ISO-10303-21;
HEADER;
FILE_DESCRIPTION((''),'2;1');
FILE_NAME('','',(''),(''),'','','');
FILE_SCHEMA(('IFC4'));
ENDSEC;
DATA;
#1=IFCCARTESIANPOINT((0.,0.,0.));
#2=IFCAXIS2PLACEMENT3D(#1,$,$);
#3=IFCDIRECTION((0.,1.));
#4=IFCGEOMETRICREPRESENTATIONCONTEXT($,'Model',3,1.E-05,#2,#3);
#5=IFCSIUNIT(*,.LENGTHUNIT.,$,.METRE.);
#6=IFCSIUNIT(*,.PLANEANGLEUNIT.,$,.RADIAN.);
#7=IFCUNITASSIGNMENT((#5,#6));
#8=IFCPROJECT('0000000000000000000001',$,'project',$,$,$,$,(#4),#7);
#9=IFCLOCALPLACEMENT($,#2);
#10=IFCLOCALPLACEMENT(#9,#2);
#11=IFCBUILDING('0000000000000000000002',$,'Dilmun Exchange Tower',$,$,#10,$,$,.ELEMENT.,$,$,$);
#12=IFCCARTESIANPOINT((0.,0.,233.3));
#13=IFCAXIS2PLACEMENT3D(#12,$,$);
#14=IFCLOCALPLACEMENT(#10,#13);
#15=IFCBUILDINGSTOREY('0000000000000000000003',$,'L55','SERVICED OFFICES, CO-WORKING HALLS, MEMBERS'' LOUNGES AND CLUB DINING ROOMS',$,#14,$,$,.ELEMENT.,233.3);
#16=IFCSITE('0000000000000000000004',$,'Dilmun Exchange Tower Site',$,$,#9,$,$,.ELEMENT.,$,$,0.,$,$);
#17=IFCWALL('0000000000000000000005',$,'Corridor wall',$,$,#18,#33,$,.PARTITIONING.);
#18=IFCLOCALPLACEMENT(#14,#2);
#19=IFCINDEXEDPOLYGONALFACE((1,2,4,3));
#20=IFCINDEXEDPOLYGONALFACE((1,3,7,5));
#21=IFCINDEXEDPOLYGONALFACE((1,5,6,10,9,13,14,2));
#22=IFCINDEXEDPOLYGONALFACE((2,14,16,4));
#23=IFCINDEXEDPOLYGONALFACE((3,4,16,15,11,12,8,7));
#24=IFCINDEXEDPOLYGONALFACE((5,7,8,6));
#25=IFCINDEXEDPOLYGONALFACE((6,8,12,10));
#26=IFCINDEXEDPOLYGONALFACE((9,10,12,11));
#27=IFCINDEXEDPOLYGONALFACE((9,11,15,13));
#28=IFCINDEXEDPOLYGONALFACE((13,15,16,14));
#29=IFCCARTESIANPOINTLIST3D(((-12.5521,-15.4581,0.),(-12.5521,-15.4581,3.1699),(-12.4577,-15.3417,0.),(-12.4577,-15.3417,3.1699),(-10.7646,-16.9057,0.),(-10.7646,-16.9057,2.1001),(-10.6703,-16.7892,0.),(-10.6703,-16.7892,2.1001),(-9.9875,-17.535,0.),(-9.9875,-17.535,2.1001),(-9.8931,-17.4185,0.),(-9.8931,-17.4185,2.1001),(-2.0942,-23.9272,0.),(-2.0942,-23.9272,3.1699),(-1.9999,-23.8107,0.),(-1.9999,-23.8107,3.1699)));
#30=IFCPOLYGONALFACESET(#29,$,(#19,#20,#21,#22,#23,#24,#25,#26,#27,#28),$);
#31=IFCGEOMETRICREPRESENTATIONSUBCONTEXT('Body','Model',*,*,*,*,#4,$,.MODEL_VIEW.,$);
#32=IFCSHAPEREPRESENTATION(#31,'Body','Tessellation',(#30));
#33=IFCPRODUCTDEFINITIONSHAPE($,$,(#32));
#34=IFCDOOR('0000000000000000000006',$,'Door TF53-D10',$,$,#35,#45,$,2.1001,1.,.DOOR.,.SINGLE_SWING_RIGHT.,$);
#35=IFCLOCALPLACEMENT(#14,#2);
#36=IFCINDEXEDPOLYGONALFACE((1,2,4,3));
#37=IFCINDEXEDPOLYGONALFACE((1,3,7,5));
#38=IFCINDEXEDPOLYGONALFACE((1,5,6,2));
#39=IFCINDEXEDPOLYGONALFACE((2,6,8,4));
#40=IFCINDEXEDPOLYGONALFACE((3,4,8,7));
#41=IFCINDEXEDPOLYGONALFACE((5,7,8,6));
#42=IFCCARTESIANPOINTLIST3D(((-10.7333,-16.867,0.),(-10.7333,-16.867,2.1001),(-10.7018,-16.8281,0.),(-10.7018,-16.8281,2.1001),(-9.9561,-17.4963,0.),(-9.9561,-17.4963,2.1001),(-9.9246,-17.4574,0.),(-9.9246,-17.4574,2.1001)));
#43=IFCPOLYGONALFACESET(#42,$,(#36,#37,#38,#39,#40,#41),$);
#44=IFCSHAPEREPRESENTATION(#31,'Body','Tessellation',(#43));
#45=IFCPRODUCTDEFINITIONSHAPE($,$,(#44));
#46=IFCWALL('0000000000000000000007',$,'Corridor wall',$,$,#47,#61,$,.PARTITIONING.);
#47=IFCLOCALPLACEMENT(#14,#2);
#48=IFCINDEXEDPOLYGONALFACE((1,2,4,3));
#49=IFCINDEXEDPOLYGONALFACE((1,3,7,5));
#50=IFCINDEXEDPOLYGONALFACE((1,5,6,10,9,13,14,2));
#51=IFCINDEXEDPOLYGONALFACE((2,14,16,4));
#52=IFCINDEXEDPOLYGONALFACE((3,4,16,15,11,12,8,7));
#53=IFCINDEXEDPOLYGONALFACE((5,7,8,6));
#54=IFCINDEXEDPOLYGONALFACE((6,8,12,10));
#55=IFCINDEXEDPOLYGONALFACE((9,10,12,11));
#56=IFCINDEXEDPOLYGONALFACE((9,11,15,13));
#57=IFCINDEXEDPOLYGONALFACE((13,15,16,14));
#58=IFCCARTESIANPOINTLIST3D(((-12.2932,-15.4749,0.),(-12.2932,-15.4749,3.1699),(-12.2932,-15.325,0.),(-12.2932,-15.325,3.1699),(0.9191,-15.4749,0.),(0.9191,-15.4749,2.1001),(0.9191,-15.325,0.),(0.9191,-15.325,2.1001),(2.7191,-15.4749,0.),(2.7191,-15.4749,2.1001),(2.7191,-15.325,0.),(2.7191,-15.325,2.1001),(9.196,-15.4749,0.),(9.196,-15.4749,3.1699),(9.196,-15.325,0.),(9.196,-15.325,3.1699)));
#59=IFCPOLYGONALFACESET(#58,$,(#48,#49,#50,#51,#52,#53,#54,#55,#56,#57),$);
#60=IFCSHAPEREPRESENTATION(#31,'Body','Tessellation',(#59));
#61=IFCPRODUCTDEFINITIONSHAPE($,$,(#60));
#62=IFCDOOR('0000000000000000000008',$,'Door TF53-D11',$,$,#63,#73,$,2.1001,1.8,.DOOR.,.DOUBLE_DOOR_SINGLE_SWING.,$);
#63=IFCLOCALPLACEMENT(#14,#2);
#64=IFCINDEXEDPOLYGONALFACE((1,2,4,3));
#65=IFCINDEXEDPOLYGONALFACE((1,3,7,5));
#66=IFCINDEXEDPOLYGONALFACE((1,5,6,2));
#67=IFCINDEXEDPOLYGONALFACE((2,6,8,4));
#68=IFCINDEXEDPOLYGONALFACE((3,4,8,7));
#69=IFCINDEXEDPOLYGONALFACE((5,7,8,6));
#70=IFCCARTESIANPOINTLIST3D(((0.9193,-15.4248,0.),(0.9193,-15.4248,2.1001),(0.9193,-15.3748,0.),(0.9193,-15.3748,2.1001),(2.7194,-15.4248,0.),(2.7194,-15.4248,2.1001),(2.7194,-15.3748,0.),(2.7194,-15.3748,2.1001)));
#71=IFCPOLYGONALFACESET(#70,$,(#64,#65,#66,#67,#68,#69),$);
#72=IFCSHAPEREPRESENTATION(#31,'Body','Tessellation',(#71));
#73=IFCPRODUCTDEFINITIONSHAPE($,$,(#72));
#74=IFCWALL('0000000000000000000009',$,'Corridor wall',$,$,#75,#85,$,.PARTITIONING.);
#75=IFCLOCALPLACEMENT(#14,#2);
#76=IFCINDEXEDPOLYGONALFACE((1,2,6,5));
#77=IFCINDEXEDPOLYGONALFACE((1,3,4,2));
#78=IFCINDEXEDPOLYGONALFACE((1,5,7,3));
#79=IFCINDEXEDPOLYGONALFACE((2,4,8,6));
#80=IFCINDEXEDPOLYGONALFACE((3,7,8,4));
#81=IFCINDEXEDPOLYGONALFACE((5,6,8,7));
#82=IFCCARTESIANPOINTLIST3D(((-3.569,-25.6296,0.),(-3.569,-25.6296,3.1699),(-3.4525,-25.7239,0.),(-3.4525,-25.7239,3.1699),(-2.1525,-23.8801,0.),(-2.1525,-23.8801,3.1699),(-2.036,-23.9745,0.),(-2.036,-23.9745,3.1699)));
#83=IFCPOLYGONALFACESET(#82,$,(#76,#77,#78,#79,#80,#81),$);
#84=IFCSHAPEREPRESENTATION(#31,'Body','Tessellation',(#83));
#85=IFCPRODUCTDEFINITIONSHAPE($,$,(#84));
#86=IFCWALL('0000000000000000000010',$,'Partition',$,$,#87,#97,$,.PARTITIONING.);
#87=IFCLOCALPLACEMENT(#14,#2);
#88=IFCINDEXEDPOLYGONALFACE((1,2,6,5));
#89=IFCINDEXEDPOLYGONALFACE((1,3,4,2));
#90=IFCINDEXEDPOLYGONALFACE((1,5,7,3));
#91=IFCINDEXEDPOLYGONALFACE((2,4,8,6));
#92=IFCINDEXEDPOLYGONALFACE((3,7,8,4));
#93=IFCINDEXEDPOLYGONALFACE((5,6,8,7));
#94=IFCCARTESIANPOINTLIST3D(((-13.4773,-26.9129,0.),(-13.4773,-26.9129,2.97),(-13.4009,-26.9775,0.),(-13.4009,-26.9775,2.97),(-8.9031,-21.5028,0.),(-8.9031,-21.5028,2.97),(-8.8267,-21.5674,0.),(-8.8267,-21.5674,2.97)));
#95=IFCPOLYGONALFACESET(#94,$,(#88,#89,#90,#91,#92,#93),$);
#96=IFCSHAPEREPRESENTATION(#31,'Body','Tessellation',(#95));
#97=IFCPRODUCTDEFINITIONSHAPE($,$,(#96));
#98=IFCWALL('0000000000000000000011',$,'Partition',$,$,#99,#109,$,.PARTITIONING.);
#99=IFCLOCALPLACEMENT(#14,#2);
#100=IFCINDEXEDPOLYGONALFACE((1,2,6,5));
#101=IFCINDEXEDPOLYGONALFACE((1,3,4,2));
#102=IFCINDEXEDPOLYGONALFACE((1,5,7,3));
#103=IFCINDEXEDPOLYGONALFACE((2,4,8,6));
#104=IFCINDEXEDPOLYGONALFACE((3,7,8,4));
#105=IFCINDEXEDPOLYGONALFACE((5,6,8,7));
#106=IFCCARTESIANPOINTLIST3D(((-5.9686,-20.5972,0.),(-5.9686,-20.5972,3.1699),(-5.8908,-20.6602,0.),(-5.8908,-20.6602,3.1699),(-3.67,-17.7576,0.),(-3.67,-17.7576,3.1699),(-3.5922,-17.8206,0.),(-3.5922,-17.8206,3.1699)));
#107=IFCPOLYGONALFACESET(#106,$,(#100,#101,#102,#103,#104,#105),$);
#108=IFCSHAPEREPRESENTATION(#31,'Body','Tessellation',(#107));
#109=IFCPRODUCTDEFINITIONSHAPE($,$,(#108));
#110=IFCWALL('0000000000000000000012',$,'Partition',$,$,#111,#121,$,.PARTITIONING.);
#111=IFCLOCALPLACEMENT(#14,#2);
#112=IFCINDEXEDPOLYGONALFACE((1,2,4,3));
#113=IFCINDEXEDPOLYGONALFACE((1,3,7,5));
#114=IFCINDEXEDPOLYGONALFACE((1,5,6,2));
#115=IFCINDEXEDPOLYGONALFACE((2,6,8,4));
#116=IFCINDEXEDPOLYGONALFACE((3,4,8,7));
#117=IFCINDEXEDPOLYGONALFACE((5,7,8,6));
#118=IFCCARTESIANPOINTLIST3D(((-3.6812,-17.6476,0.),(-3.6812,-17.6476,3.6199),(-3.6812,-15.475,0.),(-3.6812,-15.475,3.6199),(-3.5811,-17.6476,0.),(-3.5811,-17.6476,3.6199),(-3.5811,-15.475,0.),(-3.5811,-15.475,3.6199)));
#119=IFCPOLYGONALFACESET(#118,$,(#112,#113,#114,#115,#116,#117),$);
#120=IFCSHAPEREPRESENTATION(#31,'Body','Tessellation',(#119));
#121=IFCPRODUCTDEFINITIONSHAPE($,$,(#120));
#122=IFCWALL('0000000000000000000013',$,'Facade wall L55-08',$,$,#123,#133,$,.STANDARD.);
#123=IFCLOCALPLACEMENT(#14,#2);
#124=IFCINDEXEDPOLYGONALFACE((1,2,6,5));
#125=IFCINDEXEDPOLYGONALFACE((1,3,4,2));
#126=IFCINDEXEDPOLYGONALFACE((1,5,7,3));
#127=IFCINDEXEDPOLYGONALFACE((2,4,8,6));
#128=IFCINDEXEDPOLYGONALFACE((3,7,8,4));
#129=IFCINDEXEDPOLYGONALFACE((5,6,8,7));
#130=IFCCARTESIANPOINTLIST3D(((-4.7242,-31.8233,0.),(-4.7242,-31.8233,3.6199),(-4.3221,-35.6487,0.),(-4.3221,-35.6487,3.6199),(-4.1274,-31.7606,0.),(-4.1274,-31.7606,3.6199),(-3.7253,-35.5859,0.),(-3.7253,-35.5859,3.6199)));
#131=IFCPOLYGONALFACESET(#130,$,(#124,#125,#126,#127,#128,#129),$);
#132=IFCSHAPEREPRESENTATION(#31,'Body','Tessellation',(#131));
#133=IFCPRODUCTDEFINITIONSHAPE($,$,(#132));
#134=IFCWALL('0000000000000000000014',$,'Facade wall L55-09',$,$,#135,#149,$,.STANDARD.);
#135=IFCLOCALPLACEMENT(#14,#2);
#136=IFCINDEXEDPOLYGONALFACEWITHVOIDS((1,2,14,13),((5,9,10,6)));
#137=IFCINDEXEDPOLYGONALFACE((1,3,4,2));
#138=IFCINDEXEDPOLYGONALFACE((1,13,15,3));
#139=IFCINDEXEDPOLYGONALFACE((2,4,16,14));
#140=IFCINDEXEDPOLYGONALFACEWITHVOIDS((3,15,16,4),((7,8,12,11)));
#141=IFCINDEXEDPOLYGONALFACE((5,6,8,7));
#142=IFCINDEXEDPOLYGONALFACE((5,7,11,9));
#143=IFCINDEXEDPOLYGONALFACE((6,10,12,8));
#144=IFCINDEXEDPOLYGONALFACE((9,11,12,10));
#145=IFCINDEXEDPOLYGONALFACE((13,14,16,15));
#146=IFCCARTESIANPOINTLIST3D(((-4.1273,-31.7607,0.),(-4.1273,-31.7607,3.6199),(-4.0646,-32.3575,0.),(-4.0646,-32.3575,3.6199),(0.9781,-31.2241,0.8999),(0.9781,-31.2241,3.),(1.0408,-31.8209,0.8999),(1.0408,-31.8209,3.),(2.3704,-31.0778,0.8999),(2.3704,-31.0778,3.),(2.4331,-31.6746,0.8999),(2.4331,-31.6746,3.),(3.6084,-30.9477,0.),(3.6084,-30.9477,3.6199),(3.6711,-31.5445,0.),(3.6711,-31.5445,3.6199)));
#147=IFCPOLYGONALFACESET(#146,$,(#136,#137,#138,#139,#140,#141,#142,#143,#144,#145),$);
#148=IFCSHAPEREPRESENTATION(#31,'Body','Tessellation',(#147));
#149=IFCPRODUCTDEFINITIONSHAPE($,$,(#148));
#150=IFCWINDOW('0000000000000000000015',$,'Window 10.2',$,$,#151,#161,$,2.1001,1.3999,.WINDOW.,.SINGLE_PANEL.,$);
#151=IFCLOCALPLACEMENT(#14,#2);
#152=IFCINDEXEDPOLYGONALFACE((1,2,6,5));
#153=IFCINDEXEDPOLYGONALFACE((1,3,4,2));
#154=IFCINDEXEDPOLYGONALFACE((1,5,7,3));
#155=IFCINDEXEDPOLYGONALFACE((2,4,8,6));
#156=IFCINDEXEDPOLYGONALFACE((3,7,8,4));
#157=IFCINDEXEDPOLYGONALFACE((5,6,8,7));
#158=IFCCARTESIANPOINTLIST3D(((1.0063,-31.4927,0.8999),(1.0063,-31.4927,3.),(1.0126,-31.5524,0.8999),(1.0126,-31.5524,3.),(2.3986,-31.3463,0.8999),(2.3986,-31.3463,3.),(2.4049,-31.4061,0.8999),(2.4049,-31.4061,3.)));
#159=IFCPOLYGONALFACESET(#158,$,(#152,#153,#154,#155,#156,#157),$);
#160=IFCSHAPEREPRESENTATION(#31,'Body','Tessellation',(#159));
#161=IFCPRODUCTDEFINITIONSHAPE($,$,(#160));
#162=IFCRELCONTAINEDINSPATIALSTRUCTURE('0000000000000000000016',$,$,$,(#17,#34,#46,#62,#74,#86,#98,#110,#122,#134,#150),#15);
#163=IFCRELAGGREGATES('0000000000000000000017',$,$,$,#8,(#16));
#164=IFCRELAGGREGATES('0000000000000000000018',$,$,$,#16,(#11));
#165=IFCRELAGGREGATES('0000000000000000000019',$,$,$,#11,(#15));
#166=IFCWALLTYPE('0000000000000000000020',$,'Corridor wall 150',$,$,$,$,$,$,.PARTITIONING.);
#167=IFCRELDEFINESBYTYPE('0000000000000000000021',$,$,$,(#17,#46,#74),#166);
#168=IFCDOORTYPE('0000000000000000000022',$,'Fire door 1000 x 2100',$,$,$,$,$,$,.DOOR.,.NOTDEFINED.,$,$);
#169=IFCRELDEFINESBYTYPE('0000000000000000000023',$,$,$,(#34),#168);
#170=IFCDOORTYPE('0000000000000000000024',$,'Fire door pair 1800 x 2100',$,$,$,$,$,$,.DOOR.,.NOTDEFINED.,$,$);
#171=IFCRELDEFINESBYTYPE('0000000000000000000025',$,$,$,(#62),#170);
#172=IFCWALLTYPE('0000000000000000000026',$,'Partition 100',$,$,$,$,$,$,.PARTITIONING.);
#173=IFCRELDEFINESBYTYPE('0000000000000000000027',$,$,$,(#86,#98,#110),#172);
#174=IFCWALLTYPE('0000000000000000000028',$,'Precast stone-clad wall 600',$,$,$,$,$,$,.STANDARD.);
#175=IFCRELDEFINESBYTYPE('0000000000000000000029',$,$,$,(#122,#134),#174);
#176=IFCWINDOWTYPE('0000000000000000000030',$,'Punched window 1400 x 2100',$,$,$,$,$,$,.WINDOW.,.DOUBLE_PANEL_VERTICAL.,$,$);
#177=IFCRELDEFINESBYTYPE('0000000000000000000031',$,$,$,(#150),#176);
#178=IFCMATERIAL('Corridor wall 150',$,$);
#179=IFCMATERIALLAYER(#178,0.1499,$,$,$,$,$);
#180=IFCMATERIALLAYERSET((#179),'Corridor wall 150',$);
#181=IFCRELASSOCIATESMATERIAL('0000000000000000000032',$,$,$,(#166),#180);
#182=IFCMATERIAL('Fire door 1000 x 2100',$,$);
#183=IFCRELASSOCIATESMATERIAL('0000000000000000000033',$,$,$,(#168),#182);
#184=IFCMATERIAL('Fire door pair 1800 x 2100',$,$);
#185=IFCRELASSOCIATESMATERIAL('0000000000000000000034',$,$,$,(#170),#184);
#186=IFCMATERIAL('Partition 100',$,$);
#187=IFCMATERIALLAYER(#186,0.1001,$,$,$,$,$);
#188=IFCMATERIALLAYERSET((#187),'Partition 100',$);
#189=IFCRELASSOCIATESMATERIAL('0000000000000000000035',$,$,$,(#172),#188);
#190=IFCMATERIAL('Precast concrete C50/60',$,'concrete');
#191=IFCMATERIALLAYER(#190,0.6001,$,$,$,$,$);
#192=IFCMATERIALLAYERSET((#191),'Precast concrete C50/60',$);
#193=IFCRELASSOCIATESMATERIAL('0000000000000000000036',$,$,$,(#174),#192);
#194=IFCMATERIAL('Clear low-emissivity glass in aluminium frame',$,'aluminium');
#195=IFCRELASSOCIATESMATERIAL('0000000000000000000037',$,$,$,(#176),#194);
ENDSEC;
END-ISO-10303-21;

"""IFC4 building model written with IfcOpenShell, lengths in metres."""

from ifc_helpers import new_model, si_unit, direction, frame, frame_2d, origin, place, context, subcontext, project, spatial, rectangle, extrude, material, layer, layer_set, type_object, element, fill, save


model = new_model("IFC4")

# Units and contexts
model_context = context("Model", 3, precision=1e-05, world=origin(), true_north=direction((0.0, 1.0)))
body_context = subcontext(model_context, "Body", "Model", "MODEL_VIEW")
ifc_project = project(units=[si_unit("LENGTHUNIT", "METRE"), si_unit("PLANEANGLEUNIT", "RADIAN")], contexts=[model_context])

# Site, building, storey
site_placement = place(None, origin())
site = spatial("IfcSite", under=ifc_project, at=site_placement, Name="Dilmun Exchange Tower Site", CompositionType="ELEMENT", RefElevation=0.0)
building_placement = place(site_placement, origin())
building = spatial("IfcBuilding", under=site, at=building_placement, Name="Dilmun Exchange Tower", CompositionType="ELEMENT")
storey_placement = place(building_placement, frame((0.0, 0.0, 233.3)))
storey = spatial("IfcBuildingStorey", under=building, at=storey_placement, Name="L55", Description="SERVICED OFFICES, CO-WORKING HALLS, MEMBERS' LOUNGES AND CLUB DINING ROOMS", CompositionType="ELEMENT", Elevation=233.3)

# Walls, openings, doors
ifc_material_1 = material(Name="Corridor wall 150")
ifc_layer_1 = layer(ifc_material_1, 0.1499)
ifc_layer_set_1 = layer_set([ifc_layer_1], Name="Corridor wall 150")
wall_type_1 = type_object("IfcWallType", Name="Corridor wall 150", PredefinedType="PARTITIONING", material=ifc_layer_set_1)
wall_1_placement = place(storey_placement, frame((-12.5049, -15.3999, 0.0), z_axis=(0.0, 0.0, 1.0), x_axis=(0.777129, -0.629341, 0.0)))
wall_1 = element("IfcWall", 1, at=wall_1_placement, inside=storey, type_object=wall_type_1, Name="Corridor wall", PredefinedType="PARTITIONING", context=body_context, shape_type="SweptSolid", body=[
    extrude(rectangle(XDim=13.457, YDim=0.1499, at=frame_2d((6.7285, 0.0))), origin(), (0.0, 0.0, 1.0), 3.1699),
])
opening_1_placement = place(wall_1_placement, frame((2.3, 0.0, 0.0)))
opening_1 = element("IfcOpeningElement", 2, at=opening_1_placement, cuts=wall_1, PredefinedType="OPENING", context=body_context, shape_type="SweptSolid", body=[
    extrude(rectangle(XDim=1.0, YDim=2.1001, at=frame_2d((0.5, 1.05))), frame((0.0, 0.085, 0.0), z_axis=(0.0, -1.0, 0.0), x_axis=(1.0, 0.0, 0.0)), (0.0, 0.0, 1.0), 0.1699),
])
ifc_material_2 = material(Name="Fire door 1000 x 2100")
door_type_1 = type_object("IfcDoorType", Name="Fire door 1000 x 2100", OperationType="NOTDEFINED", PredefinedType="DOOR", material=ifc_material_2)
door_1_placement = place(opening_1_placement, origin())
door_1 = element("IfcDoor", 3, at=door_1_placement, inside=storey, type_object=door_type_1, Name="Door TF53-D10", OperationType="SINGLE_SWING_RIGHT", OverallHeight=2.1001, OverallWidth=1.0, PredefinedType="DOOR", context=body_context, shape_type="SweptSolid", body=[
    extrude(rectangle(XDim=1.0, YDim=2.1001, at=frame_2d((0.5, 1.05))), frame((0.0, 0.0249, 0.0), z_axis=(0.0, -1.0, 0.0), x_axis=(1.0, 0.0, 0.0)), (0.0, 0.0, 1.0), 0.05),
])
fill(opening_1, door_1)
wall_2_placement = place(storey_placement, frame((-12.2932, -15.3999, 0.0), z_axis=(0.0, 0.0, 1.0), x_axis=(1.0, 0.0, 0.0)))
wall_2 = element("IfcWall", 4, at=wall_2_placement, inside=storey, type_object=wall_type_1, Name="Corridor wall", PredefinedType="PARTITIONING", context=body_context, shape_type="SweptSolid", body=[
    extrude(rectangle(XDim=21.4893, YDim=0.1499, at=frame_2d((10.7446, 0.0))), origin(), (0.0, 0.0, 1.0), 3.1699),
])
opening_2_placement = place(wall_2_placement, frame((13.2124, 0.0, 0.0)))
opening_2 = element("IfcOpeningElement", 5, at=opening_2_placement, cuts=wall_2, PredefinedType="OPENING", context=body_context, shape_type="SweptSolid", body=[
    extrude(rectangle(XDim=1.8, YDim=2.1001, at=frame_2d((0.8999, 1.05))), frame((0.0, 0.085, 0.0), z_axis=(0.0, -1.0, 0.0), x_axis=(1.0, 0.0, 0.0)), (0.0, 0.0, 1.0), 0.1699),
])
ifc_material_3 = material(Name="Fire door pair 1800 x 2100")
door_type_2 = type_object("IfcDoorType", Name="Fire door pair 1800 x 2100", OperationType="NOTDEFINED", PredefinedType="DOOR", material=ifc_material_3)
door_2_placement = place(opening_2_placement, frame((1.8, 0.0, 0.0), z_axis=(0.0, 0.0, 1.0), x_axis=(-1.0, 0.0, 0.0)))
door_2 = element("IfcDoor", 6, at=door_2_placement, inside=storey, type_object=door_type_2, Name="Door TF53-D11", OperationType="DOUBLE_DOOR_SINGLE_SWING", OverallHeight=2.1001, OverallWidth=1.8, PredefinedType="DOOR", context=body_context, shape_type="SweptSolid", body=[
    extrude(rectangle(XDim=1.8, YDim=2.1001, at=frame_2d((0.8999, 1.05))), frame((0.0, 0.0249, 0.0), z_axis=(0.0, -1.0, 0.0), x_axis=(1.0, 0.0, 0.0)), (0.0, 0.0, 1.0), 0.05),
])
fill(opening_2, door_2)

# Walls
wall_3_placement = place(storey_placement, frame((-3.5107, -25.6768, 0.0), z_axis=(0.0, 0.0, 1.0), x_axis=(0.629261, 0.777194, 0.0)))
element("IfcWall", 7, at=wall_3_placement, inside=storey, type_object=wall_type_1, Name="Corridor wall", PredefinedType="PARTITIONING", context=body_context, shape_type="SweptSolid", body=[
    extrude(rectangle(XDim=2.251, YDim=0.1499, at=frame_2d((1.1255, 0.0))), origin(), (0.0, 0.0, 1.0), 3.1699),
])
ifc_material_4 = material(Name="Partition 100")
ifc_layer_2 = layer(ifc_material_4, 0.1001)
ifc_layer_set_2 = layer_set([ifc_layer_2], Name="Partition 100")
wall_type_2 = type_object("IfcWallType", Name="Partition 100", PredefinedType="PARTITIONING", material=ifc_layer_set_2)
wall_4_placement = place(storey_placement, frame((-13.4392, -26.9453, 0.0), z_axis=(0.0, 0.0, 1.0), x_axis=(0.645646, 0.763637, 0.0)))
element("IfcWall", 8, at=wall_4_placement, inside=storey, type_object=wall_type_2, Name="Partition", PredefinedType="PARTITIONING", context=body_context, shape_type="SweptSolid", body=[
    extrude(rectangle(XDim=7.0847, YDim=0.1001, at=frame_2d((3.5425, 0.0))), origin(), (0.0, 0.0, 1.0), 2.97),
])
wall_5_placement = place(storey_placement, frame((-5.9297, -20.6287, 0.0), z_axis=(0.0, 0.0, 1.0), x_axis=(0.629175, 0.777264, 0.0)))
element("IfcWall", 9, at=wall_5_placement, inside=storey, type_object=wall_type_2, Name="Partition", PredefinedType="PARTITIONING", context=body_context, shape_type="SweptSolid", body=[
    extrude(rectangle(XDim=3.6533, YDim=0.1001, at=frame_2d((1.8267, 0.0))), origin(), (0.0, 0.0, 1.0), 3.1699),
])
wall_6_placement = place(storey_placement, frame((-3.6311, -17.6477, 0.0), z_axis=(0.0, 0.0, 1.0), x_axis=(0.0, 1.0, 0.0)))
element("IfcWall", 10, at=wall_6_placement, inside=storey, type_object=wall_type_2, Name="Partition", PredefinedType="PARTITIONING", context=body_context, shape_type="SweptSolid", body=[
    extrude(rectangle(XDim=2.1726, YDim=0.1001, at=frame_2d((1.0864, 0.0))), origin(), (0.0, 0.0, 1.0), 3.6199),
])
ifc_material_5 = material(Name="Precast concrete C50/60", Category="concrete")
ifc_layer_3 = layer(ifc_material_5, 0.6001)
ifc_layer_set_3 = layer_set([ifc_layer_3], Name="Precast concrete C50/60")
wall_type_3 = type_object("IfcWallType", Name="Precast stone-clad wall 600", PredefinedType="STANDARD", material=ifc_layer_set_3)
wall_7_placement = place(storey_placement, frame((-4.0237, -35.6174, 0.0), z_axis=(0.0, 0.0, 1.0), x_axis=(-0.104536, 0.994521, 0.0)))
element("IfcWall", 11, at=wall_7_placement, inside=storey, type_object=wall_type_3, Name="Facade wall L55-08", PredefinedType="STANDARD", context=body_context, shape_type="SweptSolid", body=[
    extrude(rectangle(XDim=3.8464, YDim=0.6001, at=frame_2d((1.9233, 0.0))), origin(), (0.0, 0.0, 1.0), 3.6199),
])

# Wall, opening, window
wall_8_placement = place(storey_placement, frame((-4.0959, -32.0591, 0.0), z_axis=(0.0, 0.0, 1.0), x_axis=(0.994523, 0.104521, 0.0)))
wall_8 = element("IfcWall", 12, at=wall_8_placement, inside=storey, type_object=wall_type_3, Name="Facade wall L55-09", PredefinedType="STANDARD", context=body_context, shape_type="SweptSolid", body=[
    extrude(rectangle(XDim=7.7783, YDim=0.6001, at=frame_2d((3.8892, 0.0))), origin(), (0.0, 0.0, 1.0), 3.6199),
])
opening_3_placement = place(wall_8_placement, frame((5.1335, 0.0, 0.8999)))
opening_3 = element("IfcOpeningElement", 13, at=opening_3_placement, cuts=wall_8, PredefinedType="OPENING", context=body_context, shape_type="SweptSolid", body=[
    extrude(rectangle(XDim=1.3999, YDim=2.1001, at=frame_2d((0.7, 1.05))), frame((0.0, 0.3101, 0.0), z_axis=(0.0, -1.0, 0.0), x_axis=(1.0, 0.0, 0.0)), (0.0, 0.0, 1.0), 0.6201),
])
ifc_material_6 = material(Name="Clear low-emissivity glass in aluminium frame", Category="aluminium")
window_type = type_object("IfcWindowType", Name="Punched window 1400 x 2100", PartitioningType="DOUBLE_PANEL_VERTICAL", PredefinedType="WINDOW", material=ifc_material_6)
window_placement = place(opening_3_placement, origin())
window = element("IfcWindow", 14, at=window_placement, inside=storey, type_object=window_type, Name="Window 10.2", OverallHeight=2.1001, OverallWidth=1.3999, PartitioningType="SINGLE_PANEL", PredefinedType="WINDOW", context=body_context, shape_type="SweptSolid", body=[
    extrude(rectangle(XDim=1.3999, YDim=2.1001, at=frame_2d((0.7, 1.05))), frame((0.0, 0.03, 0.0), z_axis=(0.0, -1.0, 0.0), x_axis=(1.0, 0.0, 0.0)), (0.0, 0.0, 1.0), 0.0601),
])
fill(opening_3, window)

save(model, "model.ifc")
